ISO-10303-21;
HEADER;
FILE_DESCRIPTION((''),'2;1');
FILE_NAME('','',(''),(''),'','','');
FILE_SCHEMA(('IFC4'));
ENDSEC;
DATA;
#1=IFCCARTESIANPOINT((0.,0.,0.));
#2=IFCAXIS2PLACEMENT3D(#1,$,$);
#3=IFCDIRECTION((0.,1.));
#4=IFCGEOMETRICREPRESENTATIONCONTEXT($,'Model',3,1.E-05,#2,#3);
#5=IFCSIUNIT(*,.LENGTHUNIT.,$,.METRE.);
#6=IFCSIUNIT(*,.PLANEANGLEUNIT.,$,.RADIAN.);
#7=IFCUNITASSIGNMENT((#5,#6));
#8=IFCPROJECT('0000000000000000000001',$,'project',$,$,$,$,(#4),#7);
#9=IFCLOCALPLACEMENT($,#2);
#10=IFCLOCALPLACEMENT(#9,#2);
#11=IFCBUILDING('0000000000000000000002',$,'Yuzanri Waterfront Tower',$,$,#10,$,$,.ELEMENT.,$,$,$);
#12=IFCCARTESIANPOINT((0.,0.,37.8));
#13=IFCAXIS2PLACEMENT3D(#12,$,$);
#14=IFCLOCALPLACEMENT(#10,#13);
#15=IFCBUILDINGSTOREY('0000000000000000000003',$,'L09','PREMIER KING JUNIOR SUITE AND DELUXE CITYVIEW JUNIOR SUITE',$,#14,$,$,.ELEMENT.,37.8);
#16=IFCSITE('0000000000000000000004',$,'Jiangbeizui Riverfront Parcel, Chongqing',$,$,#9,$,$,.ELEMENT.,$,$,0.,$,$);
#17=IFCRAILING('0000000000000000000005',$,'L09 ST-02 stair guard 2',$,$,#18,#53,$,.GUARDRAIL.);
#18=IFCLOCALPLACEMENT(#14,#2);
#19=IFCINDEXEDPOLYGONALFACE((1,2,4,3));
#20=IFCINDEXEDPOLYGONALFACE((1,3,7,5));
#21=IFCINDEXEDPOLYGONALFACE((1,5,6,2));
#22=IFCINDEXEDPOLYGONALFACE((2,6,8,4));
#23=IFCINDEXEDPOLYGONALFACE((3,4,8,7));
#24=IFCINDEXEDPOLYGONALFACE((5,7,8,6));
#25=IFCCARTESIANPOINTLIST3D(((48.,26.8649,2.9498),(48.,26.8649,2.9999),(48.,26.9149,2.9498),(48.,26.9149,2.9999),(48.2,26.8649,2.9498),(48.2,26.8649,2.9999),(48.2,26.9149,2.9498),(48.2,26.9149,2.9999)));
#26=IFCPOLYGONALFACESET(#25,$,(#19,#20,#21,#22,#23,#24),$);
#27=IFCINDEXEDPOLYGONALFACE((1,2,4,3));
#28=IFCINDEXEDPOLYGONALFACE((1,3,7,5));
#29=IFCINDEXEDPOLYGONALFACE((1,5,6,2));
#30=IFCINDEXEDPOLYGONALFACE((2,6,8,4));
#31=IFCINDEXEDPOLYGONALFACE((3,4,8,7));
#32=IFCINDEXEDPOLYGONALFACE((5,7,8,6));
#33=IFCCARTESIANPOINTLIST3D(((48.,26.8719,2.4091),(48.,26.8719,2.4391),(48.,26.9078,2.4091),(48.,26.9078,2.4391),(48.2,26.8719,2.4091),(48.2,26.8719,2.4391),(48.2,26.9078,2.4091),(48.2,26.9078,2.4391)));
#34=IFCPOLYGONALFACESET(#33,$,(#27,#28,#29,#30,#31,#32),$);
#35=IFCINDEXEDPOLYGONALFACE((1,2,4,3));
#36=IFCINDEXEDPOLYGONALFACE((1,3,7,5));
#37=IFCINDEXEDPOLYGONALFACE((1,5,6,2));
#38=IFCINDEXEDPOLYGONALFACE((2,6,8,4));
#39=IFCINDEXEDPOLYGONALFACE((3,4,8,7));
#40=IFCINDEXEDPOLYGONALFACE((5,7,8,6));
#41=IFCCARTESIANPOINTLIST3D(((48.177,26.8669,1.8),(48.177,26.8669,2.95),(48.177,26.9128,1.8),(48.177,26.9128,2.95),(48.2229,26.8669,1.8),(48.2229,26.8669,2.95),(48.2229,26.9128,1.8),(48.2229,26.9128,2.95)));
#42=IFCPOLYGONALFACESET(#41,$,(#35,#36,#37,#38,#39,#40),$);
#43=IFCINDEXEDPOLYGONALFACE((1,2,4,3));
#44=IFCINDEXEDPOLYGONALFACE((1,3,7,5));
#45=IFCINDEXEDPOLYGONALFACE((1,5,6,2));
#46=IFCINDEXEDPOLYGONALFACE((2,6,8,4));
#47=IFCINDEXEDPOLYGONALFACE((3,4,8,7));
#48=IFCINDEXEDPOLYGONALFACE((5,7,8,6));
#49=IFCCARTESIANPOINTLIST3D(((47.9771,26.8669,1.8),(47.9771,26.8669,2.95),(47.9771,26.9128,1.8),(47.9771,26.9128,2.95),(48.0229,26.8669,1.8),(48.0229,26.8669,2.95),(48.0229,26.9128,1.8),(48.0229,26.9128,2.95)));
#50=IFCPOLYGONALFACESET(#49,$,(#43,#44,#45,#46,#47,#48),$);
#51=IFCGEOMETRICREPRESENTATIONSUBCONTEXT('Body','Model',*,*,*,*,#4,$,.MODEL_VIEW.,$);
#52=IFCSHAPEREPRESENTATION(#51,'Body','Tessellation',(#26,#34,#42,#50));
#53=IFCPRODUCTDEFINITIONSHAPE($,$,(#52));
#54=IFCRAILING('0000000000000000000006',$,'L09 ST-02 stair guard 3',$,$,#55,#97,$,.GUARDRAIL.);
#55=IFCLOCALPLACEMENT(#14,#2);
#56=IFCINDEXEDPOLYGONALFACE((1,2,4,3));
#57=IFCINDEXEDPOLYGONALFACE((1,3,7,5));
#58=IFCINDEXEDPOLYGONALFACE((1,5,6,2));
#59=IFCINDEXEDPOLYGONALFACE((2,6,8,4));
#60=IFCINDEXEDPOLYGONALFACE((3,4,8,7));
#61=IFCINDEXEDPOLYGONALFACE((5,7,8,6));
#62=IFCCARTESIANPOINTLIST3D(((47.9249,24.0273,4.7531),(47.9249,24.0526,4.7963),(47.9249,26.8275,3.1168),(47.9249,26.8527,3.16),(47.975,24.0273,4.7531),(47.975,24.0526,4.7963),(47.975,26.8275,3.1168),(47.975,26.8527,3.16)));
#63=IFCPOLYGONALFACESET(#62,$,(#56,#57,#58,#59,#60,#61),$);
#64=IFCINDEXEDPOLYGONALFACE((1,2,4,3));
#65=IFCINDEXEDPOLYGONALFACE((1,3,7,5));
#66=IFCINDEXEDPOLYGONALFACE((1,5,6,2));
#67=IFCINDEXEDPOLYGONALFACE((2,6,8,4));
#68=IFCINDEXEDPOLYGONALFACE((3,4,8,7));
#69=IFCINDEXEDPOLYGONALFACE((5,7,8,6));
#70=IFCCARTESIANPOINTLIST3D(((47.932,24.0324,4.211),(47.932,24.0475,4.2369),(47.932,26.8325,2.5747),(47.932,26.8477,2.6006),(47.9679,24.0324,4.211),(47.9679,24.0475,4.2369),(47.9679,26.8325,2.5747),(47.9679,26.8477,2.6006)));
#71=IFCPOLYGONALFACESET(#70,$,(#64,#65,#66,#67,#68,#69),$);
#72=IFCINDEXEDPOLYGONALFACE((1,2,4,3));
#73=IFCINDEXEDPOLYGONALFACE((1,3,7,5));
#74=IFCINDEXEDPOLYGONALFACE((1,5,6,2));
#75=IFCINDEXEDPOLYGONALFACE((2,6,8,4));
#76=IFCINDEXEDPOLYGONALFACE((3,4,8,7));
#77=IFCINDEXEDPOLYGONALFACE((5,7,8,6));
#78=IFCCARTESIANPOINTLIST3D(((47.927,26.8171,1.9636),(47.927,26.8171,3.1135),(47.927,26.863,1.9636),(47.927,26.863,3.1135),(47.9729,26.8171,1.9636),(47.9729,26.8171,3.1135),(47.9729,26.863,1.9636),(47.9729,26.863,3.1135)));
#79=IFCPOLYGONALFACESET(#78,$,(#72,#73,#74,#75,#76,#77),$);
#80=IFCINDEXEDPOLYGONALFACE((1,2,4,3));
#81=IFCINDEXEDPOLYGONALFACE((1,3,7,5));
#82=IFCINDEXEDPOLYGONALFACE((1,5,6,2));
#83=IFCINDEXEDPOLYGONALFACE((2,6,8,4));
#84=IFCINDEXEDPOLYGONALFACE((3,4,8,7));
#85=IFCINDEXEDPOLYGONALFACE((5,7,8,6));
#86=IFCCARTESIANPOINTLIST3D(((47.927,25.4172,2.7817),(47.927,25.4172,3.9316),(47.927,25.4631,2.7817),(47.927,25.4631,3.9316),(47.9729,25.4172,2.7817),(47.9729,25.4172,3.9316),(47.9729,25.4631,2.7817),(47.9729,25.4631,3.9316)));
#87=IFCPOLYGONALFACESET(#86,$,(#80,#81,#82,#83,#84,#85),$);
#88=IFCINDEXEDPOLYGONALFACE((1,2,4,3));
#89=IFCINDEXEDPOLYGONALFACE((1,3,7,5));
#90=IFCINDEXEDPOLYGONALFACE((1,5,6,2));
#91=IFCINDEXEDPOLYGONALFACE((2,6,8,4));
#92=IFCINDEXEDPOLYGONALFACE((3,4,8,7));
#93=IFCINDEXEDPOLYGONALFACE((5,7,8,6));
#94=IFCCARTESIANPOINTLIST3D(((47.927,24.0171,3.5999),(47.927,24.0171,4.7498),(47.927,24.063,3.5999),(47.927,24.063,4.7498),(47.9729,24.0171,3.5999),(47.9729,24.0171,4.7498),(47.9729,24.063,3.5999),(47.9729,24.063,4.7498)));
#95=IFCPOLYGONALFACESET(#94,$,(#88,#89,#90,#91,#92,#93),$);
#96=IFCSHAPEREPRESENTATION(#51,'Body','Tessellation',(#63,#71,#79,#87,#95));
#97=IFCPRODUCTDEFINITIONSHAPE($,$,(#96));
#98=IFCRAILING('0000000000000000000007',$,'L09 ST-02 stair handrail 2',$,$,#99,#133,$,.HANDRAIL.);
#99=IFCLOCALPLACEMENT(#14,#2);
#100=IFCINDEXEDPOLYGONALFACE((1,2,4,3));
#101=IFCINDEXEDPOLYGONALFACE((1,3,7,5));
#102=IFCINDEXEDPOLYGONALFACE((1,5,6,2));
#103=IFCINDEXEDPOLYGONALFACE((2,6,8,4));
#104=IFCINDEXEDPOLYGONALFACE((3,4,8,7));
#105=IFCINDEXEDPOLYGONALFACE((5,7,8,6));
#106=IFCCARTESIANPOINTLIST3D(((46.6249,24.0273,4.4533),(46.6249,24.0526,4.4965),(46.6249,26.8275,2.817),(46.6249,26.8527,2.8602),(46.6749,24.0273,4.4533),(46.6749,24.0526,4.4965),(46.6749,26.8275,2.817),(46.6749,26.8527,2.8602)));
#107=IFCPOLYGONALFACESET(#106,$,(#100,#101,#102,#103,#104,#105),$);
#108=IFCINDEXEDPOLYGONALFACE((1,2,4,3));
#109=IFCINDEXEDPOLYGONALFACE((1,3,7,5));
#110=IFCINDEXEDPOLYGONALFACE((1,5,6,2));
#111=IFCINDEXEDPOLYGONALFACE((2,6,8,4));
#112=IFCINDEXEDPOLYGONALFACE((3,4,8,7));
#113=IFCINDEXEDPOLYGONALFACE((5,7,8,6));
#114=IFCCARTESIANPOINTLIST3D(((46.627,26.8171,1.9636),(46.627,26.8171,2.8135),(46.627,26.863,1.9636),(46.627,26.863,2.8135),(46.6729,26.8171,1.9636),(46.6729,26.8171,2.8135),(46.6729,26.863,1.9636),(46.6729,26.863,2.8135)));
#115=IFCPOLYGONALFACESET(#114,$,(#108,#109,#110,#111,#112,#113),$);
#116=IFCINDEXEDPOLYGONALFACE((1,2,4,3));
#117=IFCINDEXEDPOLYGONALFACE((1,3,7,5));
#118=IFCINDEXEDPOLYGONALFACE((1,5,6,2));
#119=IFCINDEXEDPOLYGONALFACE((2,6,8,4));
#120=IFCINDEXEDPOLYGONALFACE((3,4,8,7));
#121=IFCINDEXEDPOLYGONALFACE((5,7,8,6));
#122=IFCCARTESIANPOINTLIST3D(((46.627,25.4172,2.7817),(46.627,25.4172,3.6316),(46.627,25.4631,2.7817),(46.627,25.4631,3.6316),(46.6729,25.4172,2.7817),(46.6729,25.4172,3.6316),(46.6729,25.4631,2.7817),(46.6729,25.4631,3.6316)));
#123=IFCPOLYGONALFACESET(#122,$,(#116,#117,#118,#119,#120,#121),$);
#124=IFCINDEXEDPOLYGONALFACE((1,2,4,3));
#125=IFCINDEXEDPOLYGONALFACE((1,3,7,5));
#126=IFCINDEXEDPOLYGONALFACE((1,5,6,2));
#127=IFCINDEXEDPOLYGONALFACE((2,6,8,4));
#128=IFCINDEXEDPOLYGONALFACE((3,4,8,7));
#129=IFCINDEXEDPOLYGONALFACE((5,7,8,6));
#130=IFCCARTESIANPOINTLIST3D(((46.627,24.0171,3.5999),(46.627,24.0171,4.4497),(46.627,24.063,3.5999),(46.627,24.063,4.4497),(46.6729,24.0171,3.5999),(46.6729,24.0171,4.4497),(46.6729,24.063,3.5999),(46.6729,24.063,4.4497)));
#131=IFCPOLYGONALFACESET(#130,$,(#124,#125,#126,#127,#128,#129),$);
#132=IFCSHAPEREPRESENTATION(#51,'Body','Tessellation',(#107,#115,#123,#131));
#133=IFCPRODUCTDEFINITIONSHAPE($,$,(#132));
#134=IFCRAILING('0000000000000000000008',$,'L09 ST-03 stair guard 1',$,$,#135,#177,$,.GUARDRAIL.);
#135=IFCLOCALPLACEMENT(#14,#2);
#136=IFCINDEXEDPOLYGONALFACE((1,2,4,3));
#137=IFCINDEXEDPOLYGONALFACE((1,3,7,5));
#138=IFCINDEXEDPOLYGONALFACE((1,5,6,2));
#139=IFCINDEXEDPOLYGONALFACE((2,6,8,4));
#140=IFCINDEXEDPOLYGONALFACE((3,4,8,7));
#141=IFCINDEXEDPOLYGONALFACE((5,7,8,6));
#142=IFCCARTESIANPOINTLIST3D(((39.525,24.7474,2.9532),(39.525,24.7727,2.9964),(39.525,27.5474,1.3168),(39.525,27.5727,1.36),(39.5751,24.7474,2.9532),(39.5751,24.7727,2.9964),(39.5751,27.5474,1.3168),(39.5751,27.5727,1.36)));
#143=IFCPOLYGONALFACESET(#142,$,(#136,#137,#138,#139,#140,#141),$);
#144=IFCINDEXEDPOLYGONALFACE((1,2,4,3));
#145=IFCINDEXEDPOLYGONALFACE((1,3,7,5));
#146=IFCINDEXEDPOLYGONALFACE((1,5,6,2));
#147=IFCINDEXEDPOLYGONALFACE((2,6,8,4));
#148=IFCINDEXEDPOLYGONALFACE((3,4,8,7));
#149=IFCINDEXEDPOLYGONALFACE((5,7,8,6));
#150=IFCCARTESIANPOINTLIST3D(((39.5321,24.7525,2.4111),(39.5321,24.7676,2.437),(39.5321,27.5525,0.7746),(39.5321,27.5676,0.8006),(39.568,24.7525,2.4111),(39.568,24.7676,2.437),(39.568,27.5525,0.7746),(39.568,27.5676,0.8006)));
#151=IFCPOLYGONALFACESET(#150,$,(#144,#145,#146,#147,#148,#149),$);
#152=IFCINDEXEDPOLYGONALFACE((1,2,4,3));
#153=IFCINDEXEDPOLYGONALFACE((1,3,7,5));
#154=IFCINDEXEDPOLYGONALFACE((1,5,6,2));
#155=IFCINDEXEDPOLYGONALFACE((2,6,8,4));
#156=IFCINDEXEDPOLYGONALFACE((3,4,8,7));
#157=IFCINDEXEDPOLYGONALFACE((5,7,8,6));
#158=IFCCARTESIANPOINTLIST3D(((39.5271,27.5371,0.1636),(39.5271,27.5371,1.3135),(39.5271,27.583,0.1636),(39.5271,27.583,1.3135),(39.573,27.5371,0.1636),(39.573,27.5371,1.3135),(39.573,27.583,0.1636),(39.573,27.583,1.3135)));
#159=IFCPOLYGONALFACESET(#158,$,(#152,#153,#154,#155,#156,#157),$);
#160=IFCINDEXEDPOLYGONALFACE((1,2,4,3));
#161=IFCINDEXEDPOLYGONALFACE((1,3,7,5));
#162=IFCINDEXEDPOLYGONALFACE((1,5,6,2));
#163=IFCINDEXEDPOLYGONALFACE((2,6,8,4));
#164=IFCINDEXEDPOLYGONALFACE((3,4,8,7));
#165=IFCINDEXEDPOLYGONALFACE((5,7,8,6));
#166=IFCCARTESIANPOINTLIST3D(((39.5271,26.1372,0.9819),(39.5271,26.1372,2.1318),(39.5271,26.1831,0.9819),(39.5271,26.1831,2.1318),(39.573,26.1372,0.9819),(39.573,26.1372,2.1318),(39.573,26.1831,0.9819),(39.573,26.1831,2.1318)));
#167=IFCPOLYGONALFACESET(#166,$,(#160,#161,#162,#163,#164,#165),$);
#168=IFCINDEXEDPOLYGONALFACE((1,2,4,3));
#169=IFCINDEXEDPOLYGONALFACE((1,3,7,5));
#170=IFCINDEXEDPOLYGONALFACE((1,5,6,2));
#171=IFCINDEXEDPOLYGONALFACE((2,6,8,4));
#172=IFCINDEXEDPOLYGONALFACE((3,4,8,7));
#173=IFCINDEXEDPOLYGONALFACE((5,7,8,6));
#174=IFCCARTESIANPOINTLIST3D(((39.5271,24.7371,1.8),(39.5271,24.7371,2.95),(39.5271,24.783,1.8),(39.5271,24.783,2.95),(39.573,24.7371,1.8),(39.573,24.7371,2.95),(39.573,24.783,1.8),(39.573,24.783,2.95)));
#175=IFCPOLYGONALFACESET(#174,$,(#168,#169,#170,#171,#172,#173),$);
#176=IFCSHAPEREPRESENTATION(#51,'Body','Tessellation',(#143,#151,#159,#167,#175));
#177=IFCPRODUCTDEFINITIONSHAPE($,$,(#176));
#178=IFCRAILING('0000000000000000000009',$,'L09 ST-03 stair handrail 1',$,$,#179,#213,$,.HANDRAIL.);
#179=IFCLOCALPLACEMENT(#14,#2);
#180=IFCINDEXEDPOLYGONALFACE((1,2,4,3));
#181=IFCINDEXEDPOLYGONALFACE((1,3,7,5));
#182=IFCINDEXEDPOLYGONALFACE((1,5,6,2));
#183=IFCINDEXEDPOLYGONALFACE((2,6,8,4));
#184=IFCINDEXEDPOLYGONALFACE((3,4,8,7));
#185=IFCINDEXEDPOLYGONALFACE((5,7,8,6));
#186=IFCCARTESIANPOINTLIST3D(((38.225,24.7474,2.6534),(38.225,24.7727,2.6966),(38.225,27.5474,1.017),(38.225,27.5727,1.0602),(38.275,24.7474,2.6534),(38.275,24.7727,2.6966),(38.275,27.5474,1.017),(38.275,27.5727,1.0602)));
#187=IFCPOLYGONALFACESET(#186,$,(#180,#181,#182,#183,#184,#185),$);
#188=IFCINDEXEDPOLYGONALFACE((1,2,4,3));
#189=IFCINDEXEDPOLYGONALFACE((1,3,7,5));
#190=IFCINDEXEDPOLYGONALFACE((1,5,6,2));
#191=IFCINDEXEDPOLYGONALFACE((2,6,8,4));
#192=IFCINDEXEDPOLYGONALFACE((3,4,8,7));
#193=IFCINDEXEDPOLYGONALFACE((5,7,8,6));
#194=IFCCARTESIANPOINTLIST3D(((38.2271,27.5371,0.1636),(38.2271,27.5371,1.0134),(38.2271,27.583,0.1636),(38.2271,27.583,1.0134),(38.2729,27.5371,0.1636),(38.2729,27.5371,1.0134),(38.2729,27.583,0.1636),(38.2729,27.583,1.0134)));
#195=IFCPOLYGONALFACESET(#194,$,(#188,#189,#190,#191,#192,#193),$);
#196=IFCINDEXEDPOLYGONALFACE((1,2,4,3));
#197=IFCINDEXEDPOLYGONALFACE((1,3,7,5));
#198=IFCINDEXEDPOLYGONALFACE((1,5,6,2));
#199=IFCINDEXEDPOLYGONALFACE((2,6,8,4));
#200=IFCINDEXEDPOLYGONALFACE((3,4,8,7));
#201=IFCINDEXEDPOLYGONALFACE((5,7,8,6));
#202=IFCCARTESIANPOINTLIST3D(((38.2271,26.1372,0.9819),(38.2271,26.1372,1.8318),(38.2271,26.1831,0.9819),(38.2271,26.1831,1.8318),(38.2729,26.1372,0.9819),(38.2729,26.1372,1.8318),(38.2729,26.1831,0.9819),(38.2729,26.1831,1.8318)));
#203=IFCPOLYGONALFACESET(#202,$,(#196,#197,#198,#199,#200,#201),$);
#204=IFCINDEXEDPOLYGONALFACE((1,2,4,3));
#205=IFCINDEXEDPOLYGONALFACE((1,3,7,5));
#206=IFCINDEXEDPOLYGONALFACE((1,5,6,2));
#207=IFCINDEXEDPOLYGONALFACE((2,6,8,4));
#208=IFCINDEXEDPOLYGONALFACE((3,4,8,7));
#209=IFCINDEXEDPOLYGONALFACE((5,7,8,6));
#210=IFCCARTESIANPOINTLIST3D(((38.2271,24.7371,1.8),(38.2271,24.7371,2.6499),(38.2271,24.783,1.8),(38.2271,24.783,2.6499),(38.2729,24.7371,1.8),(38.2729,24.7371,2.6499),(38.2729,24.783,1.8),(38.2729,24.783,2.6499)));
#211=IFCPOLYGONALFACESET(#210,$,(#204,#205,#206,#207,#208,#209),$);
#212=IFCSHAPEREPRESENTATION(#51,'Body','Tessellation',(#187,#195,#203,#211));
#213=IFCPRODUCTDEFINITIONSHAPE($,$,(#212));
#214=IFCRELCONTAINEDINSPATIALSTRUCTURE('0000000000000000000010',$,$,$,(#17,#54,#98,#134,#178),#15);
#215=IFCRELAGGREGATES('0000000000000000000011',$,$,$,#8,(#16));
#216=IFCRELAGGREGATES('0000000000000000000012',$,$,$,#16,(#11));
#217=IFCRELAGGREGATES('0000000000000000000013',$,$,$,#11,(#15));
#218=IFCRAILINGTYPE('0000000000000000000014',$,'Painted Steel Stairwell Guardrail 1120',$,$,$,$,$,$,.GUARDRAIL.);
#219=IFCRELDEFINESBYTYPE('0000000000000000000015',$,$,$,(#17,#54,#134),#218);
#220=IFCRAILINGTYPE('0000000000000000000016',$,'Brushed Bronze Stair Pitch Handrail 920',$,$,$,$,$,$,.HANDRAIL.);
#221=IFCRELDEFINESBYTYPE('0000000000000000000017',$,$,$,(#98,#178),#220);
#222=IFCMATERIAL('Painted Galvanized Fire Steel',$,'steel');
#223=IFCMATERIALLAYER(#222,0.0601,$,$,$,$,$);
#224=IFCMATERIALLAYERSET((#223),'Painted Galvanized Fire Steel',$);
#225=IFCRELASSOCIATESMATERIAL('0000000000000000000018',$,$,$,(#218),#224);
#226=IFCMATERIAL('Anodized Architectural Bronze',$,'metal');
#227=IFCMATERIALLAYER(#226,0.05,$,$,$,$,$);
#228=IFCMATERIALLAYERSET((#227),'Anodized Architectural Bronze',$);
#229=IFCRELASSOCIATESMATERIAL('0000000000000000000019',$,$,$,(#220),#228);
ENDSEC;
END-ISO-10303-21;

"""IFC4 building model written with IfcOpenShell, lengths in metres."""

from ifc_helpers import new_model, si_unit, direction, frame, origin, origin_2d, place, context, subcontext, project, spatial, rectangle, extrude, source, transform, mapped, material, layer, layer_set, type_object, element, save


model = new_model("IFC4")

# Units and contexts
model_context = context("Model", 3, precision=1e-05, world=origin(), true_north=direction((0.0, 1.0)))
body_context = subcontext(model_context, "Body", "Model", "MODEL_VIEW")
ifc_project = project(units=[si_unit("LENGTHUNIT", "METRE"), si_unit("PLANEANGLEUNIT", "RADIAN")], contexts=[model_context])

# Site, building, storey
site_placement = place(None, origin())
site = spatial("IfcSite", under=ifc_project, at=site_placement, Name="Jiangbeizui Riverfront Parcel, Chongqing", CompositionType="ELEMENT", RefElevation=0.0)
building_placement = place(site_placement, origin())
building = spatial("IfcBuilding", under=site, at=building_placement, Name="Yuzanri Waterfront Tower", CompositionType="ELEMENT")
storey_placement = place(building_placement, frame((0.0, 0.0, 37.8)))
storey = spatial("IfcBuildingStorey", under=building, at=storey_placement, Name="L09", Description="PREMIER KING JUNIOR SUITE AND DELUXE CITYVIEW JUNIOR SUITE", CompositionType="ELEMENT", Elevation=37.8)

# Railings
ifc_material_1 = material(Name="Painted Galvanized Fire Steel", Category="steel")
ifc_layer_1 = layer(ifc_material_1, 0.0601)
ifc_layer_set_1 = layer_set([ifc_layer_1], Name="Painted Galvanized Fire Steel")
railing_type_1 = type_object("IfcRailingType", Name="Painted Steel Stairwell Guardrail 1120", PredefinedType="GUARDRAIL", material=ifc_layer_set_1)
shared_shape_1 = source(origin(), body_context, "Body", "SweptSolid", [
    extrude(rectangle(XDim=0.05, YDim=0.05, at=origin_2d()), frame((0.0, 0.0, 1.1748), z_axis=(-1.0, 0.0, 0.0), x_axis=(0.0, -1.0, 0.0)), (0.0, 0.0, 1.0), 0.2),
    extrude(rectangle(XDim=0.0359, YDim=0.03, at=origin_2d()), frame((0.0, 0.0, 0.624), z_axis=(-1.0, 0.0, 0.0), x_axis=(0.0, -1.0, 0.0)), (0.0, 0.0, 1.0), 0.2),
    extrude(rectangle(XDim=0.0459, YDim=0.0459, at=origin_2d()), origin(), (0.0, 0.0, 1.0), 1.1499),
    extrude(rectangle(XDim=0.0459, YDim=0.0459, at=origin_2d()), frame((-0.2, 0.0, 0.0)), (0.0, 0.0, 1.0), 1.1499),
])
railing_1_placement = place(storey_placement, frame((48.2, 26.8899, 1.8)))
element("IfcRailing", 1, at=railing_1_placement, inside=storey, type_object=railing_type_1, Name="L09 ST-02 stair guard 2", PredefinedType="GUARDRAIL", context=body_context, shape_type="MappedRepresentation", body=[
    mapped(shared_shape_1, transform((0.0, 0.0, 0.0), scale=1.0)),
])
shared_shape_2 = source(origin(), body_context, "Body", "SweptSolid", [
    extrude(rectangle(XDim=0.05, YDim=0.05, at=origin_2d()), frame((0.0, 0.0, 1.1748), z_axis=(0.0, -0.863394, 0.504531), x_axis=(1.0, 0.0, 0.0)), (0.0, 0.0, 1.0), 3.2432),
    extrude(rectangle(XDim=0.0359, YDim=0.03, at=origin_2d()), frame((0.0, 0.0, 0.624), z_axis=(0.0, -0.863394, 0.504531), x_axis=(1.0, 0.0, 0.0)), (0.0, 0.0, 1.0), 3.2432),
    extrude(rectangle(XDim=0.0459, YDim=0.0459, at=origin_2d()), origin(), (0.0, 0.0, 1.0), 1.1499),
    extrude(rectangle(XDim=0.0459, YDim=0.0459, at=origin_2d()), frame((0.0, -1.3999, 0.8181)), (0.0, 0.0, 1.0), 1.1499),
    extrude(rectangle(XDim=0.0459, YDim=0.0459, at=origin_2d()), frame((0.0, -2.8, 1.6362)), (0.0, 0.0, 1.0), 1.1499),
])
railing_2_placement = place(storey_placement, frame((47.95, 26.8401, 1.9636)))
element("IfcRailing", 2, at=railing_2_placement, inside=storey, type_object=railing_type_1, Name="L09 ST-02 stair guard 3", PredefinedType="GUARDRAIL", context=body_context, shape_type="MappedRepresentation", body=[
    mapped(shared_shape_2, transform((0.0, 0.0, 0.0), scale=1.0)),
])
ifc_material_2 = material(Name="Anodized Architectural Bronze", Category="metal")
ifc_layer_2 = layer(ifc_material_2, 0.05)
ifc_layer_set_2 = layer_set([ifc_layer_2], Name="Anodized Architectural Bronze")
railing_type_2 = type_object("IfcRailingType", Name="Brushed Bronze Stair Pitch Handrail 920", PredefinedType="HANDRAIL", material=ifc_layer_set_2)
shared_shape_3 = source(origin(), body_context, "Body", "SweptSolid", [
    extrude(rectangle(XDim=0.05, YDim=0.05, at=origin_2d()), frame((0.0, 0.0, 0.875), z_axis=(0.0, -0.863394, 0.504531), x_axis=(1.0, 0.0, 0.0)), (0.0, 0.0, 1.0), 3.2432),
    extrude(rectangle(XDim=0.0459, YDim=0.0459, at=origin_2d()), origin(), (0.0, 0.0, 1.0), 0.8499),
    extrude(rectangle(XDim=0.0459, YDim=0.0459, at=origin_2d()), frame((0.0, -1.3999, 0.8181)), (0.0, 0.0, 1.0), 0.8499),
    extrude(rectangle(XDim=0.0459, YDim=0.0459, at=origin_2d()), frame((0.0, -2.8, 1.6362)), (0.0, 0.0, 1.0), 0.8499),
])
railing_3_placement = place(storey_placement, frame((46.6499, 26.8401, 1.9636)))
element("IfcRailing", 3, at=railing_3_placement, inside=storey, type_object=railing_type_2, Name="L09 ST-02 stair handrail 2", PredefinedType="HANDRAIL", context=body_context, shape_type="MappedRepresentation", body=[
    mapped(shared_shape_3, transform((0.0, 0.0, 0.0), scale=1.0)),
])
shared_shape_4 = source(origin(), body_context, "Body", "SweptSolid", [
    extrude(rectangle(XDim=0.05, YDim=0.05, at=origin_2d()), frame((0.0, 0.0, 1.1748), z_axis=(0.0, -0.863361, 0.504587), x_axis=(1.0, 0.0, 0.0)), (0.0, 0.0, 1.0), 3.2432),
    extrude(rectangle(XDim=0.0359, YDim=0.03, at=origin_2d()), frame((0.0, 0.0, 0.624), z_axis=(0.0, -0.863361, 0.504587), x_axis=(1.0, 0.0, 0.0)), (0.0, 0.0, 1.0), 3.2432),
    extrude(rectangle(XDim=0.0459, YDim=0.0459, at=origin_2d()), origin(), (0.0, 0.0, 1.0), 1.1499),
    extrude(rectangle(XDim=0.0459, YDim=0.0459, at=origin_2d()), frame((0.0, -1.3999, 0.8184)), (0.0, 0.0, 1.0), 1.1499),
    extrude(rectangle(XDim=0.0459, YDim=0.0459, at=origin_2d()), frame((0.0, -2.8, 1.6365)), (0.0, 0.0, 1.0), 1.1499),
])
railing_4_placement = place(storey_placement, frame((39.55, 27.5601, 0.1636)))
element("IfcRailing", 4, at=railing_4_placement, inside=storey, type_object=railing_type_1, Name="L09 ST-03 stair guard 1", PredefinedType="GUARDRAIL", context=body_context, shape_type="MappedRepresentation", body=[
    mapped(shared_shape_4, transform((0.0, 0.0, 0.0), scale=1.0)),
])
shared_shape_5 = source(origin(), body_context, "Body", "SweptSolid", [
    extrude(rectangle(XDim=0.05, YDim=0.05, at=origin_2d()), frame((0.0, 0.0, 0.875), z_axis=(0.0, -0.863361, 0.504587), x_axis=(1.0, 0.0, 0.0)), (0.0, 0.0, 1.0), 3.2432),
    extrude(rectangle(XDim=0.0459, YDim=0.0459, at=origin_2d()), origin(), (0.0, 0.0, 1.0), 0.8499),
    extrude(rectangle(XDim=0.0459, YDim=0.0459, at=origin_2d()), frame((0.0, -1.3999, 0.8184)), (0.0, 0.0, 1.0), 0.8499),
    extrude(rectangle(XDim=0.0459, YDim=0.0459, at=origin_2d()), frame((0.0, -2.8, 1.6365)), (0.0, 0.0, 1.0), 0.8499),
])
railing_5_placement = place(storey_placement, frame((38.25, 27.5601, 0.1636)))
element("IfcRailing", 5, at=railing_5_placement, inside=storey, type_object=railing_type_2, Name="L09 ST-03 stair handrail 1", PredefinedType="HANDRAIL", context=body_context, shape_type="MappedRepresentation", body=[
    mapped(shared_shape_5, transform((0.0, 0.0, 0.0), scale=1.0)),
])

save(model, "model.ifc")
